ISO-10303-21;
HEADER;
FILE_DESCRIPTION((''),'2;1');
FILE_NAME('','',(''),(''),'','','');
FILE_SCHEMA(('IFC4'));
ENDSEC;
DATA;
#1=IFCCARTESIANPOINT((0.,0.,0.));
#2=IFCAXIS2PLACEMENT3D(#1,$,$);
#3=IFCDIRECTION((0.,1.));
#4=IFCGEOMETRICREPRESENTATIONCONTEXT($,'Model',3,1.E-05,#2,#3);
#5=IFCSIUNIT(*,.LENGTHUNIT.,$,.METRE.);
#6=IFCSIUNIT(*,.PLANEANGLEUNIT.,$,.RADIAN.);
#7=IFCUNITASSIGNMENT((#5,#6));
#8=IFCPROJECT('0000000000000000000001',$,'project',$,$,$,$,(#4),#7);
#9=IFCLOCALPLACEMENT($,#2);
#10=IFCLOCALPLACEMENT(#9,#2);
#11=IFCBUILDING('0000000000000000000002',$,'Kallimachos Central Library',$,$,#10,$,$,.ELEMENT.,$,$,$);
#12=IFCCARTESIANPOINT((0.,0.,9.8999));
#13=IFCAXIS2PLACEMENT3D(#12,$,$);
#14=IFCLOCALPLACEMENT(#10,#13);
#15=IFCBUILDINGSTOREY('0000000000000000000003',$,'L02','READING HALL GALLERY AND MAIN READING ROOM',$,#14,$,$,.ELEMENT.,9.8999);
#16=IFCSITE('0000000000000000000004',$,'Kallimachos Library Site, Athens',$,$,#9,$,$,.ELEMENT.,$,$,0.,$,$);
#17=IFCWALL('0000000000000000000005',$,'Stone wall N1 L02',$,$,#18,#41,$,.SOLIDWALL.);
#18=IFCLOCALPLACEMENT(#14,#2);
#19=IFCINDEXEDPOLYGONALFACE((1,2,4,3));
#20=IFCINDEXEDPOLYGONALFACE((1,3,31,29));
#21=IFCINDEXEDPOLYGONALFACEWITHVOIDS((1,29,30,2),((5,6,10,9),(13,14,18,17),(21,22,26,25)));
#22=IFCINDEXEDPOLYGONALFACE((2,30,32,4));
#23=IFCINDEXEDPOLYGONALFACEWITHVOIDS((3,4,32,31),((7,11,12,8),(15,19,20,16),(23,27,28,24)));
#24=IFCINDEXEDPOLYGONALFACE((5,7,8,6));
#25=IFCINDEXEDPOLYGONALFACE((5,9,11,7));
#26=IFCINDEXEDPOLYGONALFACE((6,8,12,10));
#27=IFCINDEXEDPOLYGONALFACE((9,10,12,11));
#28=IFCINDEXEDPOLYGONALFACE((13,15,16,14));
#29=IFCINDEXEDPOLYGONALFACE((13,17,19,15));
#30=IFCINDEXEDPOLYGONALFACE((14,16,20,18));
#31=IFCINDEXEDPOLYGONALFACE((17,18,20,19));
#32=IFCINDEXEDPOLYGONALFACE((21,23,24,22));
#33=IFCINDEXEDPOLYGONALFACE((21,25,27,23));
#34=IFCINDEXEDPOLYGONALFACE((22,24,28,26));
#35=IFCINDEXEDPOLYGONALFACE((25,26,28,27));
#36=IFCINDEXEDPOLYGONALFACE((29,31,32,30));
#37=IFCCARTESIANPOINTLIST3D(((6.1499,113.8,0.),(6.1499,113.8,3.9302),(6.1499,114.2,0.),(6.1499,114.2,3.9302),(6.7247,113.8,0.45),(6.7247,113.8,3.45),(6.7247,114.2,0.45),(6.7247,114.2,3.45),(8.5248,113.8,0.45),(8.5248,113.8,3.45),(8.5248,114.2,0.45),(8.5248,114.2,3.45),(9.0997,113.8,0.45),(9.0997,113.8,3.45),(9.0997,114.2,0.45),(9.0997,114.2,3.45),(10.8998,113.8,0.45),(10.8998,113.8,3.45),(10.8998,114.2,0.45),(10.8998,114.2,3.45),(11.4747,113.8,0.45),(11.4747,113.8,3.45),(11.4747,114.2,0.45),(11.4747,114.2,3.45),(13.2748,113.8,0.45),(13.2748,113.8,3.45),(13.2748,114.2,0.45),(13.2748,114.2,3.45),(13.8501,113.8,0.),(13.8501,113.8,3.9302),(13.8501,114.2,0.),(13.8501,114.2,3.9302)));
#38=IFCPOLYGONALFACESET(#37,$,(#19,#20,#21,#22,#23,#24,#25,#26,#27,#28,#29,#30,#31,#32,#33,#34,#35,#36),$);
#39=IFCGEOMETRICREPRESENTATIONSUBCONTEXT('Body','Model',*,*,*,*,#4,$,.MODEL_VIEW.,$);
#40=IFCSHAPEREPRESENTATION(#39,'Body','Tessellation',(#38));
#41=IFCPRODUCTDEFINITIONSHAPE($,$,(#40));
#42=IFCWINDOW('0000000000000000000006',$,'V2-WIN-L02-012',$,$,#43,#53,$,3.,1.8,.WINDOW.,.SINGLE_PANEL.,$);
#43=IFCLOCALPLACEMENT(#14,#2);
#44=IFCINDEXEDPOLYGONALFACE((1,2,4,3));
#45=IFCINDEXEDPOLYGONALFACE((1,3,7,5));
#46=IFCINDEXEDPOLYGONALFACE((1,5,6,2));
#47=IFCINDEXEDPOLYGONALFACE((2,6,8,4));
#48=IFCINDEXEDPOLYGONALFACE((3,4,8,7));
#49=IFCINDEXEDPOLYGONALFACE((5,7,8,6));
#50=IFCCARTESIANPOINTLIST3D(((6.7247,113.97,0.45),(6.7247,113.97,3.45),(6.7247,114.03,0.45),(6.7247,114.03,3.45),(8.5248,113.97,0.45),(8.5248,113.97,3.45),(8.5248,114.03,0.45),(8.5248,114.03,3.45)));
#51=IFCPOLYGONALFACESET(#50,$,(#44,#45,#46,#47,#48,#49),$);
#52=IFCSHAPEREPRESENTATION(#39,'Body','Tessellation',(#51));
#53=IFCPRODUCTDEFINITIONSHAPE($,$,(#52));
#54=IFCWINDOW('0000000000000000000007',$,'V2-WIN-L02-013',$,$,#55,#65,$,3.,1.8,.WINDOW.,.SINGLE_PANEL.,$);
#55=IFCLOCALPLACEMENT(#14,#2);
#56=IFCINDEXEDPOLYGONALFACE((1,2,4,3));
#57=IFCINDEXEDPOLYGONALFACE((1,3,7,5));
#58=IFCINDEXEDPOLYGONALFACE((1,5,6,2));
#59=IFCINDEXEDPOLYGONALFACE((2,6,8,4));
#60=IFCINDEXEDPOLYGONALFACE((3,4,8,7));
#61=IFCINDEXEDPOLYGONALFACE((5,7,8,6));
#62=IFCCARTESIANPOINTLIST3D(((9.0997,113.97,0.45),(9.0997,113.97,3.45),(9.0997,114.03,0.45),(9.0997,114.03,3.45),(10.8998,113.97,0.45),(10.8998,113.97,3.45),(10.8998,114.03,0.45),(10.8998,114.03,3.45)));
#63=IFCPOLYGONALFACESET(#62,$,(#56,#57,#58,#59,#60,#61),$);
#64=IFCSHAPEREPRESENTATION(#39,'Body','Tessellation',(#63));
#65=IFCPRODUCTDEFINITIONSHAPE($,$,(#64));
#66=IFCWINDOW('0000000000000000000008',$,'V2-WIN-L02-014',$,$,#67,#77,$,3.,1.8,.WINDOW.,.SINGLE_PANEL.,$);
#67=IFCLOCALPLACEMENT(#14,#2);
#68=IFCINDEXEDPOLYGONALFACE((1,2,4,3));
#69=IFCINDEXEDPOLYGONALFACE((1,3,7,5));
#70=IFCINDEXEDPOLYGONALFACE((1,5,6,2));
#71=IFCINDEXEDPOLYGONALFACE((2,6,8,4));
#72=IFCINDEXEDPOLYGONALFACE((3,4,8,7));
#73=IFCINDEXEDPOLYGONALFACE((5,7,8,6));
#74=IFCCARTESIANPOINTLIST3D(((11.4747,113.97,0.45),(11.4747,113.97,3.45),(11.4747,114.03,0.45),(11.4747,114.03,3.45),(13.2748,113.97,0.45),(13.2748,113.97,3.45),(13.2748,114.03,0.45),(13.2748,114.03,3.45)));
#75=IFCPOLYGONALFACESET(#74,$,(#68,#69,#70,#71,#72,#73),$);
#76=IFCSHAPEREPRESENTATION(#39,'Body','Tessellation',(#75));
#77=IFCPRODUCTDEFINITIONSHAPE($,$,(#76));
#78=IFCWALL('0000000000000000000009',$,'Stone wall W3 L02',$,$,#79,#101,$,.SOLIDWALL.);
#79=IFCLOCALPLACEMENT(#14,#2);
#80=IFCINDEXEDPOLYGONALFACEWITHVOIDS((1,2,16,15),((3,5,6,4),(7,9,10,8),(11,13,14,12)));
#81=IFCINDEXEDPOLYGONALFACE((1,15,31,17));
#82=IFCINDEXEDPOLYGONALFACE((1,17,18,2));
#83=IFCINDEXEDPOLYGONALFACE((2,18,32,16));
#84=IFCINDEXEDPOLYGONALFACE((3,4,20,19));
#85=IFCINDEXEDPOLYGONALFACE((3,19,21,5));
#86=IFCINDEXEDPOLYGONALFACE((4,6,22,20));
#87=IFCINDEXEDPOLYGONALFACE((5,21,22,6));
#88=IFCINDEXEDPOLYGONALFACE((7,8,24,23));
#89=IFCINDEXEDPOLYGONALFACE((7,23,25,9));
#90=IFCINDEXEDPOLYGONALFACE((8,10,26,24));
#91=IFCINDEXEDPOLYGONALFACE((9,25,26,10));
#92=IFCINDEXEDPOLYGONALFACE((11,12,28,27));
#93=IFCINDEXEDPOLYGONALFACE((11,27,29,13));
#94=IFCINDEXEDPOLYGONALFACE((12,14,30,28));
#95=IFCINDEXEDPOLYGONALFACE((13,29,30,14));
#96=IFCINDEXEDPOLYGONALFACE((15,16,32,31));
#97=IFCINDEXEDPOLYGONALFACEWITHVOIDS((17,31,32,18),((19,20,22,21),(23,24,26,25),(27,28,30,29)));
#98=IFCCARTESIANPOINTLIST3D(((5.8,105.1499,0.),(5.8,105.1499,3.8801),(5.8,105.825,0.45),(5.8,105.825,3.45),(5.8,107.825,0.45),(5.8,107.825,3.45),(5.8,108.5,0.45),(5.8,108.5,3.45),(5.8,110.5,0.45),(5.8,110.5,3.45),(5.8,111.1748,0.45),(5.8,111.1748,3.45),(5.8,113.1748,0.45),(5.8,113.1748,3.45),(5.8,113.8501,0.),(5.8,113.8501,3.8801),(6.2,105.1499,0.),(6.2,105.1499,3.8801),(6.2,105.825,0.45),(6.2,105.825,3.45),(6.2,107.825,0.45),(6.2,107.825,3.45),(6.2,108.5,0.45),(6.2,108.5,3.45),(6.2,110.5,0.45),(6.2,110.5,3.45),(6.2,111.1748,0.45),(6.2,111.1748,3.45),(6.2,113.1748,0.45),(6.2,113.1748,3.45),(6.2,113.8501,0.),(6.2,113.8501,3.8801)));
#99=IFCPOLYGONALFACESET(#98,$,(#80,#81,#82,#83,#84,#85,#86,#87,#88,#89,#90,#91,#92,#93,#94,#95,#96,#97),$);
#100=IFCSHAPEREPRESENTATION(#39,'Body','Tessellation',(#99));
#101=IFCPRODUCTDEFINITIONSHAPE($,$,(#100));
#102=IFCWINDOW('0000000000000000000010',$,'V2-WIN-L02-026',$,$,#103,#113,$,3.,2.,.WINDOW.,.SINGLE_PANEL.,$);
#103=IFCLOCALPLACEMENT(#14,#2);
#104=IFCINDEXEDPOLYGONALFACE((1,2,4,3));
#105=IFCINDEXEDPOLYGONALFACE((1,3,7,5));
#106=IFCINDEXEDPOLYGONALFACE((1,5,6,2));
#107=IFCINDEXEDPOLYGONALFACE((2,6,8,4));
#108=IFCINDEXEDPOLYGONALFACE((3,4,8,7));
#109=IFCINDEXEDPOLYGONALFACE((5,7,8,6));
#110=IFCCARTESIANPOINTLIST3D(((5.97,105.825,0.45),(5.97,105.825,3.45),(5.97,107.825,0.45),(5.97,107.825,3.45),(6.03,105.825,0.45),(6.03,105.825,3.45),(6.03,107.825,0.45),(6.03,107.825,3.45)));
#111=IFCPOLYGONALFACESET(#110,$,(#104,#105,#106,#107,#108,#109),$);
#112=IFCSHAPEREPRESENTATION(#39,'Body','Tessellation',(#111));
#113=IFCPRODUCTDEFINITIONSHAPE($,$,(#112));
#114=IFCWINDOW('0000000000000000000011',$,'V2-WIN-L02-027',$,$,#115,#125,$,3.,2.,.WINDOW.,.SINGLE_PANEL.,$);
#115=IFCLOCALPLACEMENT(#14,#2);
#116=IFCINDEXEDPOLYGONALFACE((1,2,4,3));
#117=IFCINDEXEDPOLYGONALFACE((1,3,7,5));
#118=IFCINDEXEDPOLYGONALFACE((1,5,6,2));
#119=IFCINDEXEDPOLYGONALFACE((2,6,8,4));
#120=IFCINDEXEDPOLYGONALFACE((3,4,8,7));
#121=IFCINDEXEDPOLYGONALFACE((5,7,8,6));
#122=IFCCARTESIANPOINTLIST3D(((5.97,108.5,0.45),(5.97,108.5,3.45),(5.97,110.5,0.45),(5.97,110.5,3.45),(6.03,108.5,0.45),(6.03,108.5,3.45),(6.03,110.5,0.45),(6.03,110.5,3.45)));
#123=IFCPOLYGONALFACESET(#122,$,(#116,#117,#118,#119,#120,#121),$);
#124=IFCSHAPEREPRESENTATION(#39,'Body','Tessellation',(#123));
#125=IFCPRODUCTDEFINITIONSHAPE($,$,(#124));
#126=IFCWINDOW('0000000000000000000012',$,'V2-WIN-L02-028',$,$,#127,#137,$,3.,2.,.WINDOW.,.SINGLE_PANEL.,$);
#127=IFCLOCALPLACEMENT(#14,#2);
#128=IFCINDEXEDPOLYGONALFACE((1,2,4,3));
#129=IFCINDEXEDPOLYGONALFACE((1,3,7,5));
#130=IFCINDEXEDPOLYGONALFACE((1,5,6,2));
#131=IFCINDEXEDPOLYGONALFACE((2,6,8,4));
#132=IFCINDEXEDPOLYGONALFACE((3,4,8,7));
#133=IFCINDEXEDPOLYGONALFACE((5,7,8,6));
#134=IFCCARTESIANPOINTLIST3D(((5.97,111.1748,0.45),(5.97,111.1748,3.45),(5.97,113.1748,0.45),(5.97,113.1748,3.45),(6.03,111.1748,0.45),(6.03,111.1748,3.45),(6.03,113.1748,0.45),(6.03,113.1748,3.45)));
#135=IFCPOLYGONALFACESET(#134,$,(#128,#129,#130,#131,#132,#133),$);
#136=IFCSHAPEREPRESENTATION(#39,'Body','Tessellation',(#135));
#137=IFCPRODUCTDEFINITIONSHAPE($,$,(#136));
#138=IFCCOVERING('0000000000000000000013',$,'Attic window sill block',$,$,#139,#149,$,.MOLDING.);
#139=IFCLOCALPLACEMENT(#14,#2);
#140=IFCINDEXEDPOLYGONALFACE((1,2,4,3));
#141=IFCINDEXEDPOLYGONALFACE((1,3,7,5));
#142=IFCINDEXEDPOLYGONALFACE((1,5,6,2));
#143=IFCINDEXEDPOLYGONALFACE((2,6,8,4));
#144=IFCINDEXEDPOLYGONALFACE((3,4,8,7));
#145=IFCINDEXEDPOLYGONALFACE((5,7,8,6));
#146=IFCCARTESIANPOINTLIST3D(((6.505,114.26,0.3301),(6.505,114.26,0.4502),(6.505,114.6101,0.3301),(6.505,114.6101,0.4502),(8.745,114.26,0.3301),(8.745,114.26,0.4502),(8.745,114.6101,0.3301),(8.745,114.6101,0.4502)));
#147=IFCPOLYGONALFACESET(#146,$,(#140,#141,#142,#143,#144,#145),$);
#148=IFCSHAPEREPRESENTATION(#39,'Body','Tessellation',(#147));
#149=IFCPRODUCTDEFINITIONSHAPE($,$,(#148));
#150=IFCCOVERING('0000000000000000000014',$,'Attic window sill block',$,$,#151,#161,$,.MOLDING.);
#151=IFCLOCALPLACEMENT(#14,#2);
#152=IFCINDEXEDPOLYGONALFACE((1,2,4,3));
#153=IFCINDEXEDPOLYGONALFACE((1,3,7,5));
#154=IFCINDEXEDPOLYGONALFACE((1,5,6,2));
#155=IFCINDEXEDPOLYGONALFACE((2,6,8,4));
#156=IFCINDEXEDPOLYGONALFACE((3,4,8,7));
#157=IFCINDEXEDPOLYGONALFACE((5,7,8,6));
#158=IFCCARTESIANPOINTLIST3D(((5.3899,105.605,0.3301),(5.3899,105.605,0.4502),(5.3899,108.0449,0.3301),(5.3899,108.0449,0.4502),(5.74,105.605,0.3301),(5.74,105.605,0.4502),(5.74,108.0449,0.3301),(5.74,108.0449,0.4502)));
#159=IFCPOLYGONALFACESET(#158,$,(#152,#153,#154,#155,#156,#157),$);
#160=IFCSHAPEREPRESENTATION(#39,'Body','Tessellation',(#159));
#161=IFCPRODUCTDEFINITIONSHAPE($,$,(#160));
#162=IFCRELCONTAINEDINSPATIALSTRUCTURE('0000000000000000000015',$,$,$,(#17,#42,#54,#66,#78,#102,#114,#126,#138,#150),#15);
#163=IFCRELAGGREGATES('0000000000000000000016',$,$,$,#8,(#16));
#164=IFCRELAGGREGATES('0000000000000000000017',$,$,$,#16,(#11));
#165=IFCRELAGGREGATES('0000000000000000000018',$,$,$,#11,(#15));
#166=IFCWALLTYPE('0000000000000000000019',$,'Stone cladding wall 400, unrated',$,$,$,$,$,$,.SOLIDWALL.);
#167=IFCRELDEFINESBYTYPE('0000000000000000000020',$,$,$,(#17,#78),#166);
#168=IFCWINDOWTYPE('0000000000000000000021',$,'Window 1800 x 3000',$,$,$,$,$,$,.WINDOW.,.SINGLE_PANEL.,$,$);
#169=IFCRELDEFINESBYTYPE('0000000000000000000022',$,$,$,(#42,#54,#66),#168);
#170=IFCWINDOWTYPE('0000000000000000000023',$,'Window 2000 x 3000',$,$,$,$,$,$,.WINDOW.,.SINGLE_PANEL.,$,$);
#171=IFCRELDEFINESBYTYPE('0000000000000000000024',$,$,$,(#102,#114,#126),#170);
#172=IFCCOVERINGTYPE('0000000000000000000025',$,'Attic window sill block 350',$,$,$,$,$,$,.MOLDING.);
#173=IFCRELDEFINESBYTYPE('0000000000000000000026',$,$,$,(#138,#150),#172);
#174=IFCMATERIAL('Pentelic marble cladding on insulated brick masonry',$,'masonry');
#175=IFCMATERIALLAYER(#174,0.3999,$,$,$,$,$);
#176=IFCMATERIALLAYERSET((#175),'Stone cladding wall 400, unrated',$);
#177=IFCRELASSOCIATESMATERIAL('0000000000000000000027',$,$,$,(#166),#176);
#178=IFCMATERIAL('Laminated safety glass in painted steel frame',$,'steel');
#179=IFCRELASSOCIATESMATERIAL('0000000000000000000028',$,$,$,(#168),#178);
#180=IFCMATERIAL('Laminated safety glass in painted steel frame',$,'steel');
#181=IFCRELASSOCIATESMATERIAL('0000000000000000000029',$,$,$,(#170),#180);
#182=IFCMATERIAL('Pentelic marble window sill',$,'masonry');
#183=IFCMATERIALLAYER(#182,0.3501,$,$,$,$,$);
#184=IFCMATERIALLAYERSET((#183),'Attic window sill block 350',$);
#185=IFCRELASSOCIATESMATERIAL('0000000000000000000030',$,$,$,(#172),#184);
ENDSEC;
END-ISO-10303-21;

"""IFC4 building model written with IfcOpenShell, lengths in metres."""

from ifc_helpers import new_model, si_unit, direction, frame, frame_2d, origin, origin_2d, place, context, subcontext, project, spatial, rectangle, extrude, material, layer, layer_set, type_object, element, fill, save


model = new_model("IFC4")

# Units and contexts
model_context = context("Model", 3, precision=1e-05, world=origin(), true_north=direction((0.0, 1.0)))
body_context = subcontext(model_context, "Body", "Model", "MODEL_VIEW")
ifc_project = project(units=[si_unit("LENGTHUNIT", "METRE"), si_unit("PLANEANGLEUNIT", "RADIAN")], contexts=[model_context])

# Site, building, storey
site_placement = place(None, origin())
site = spatial("IfcSite", under=ifc_project, at=site_placement, Name="Kallimachos Library Site, Athens", CompositionType="ELEMENT", RefElevation=0.0)
building_placement = place(site_placement, origin())
building = spatial("IfcBuilding", under=site, at=building_placement, Name="Kallimachos Central Library", CompositionType="ELEMENT")
storey_placement = place(building_placement, frame((0.0, 0.0, 9.8999)))
storey = spatial("IfcBuildingStorey", under=building, at=storey_placement, Name="L02", Description="READING HALL GALLERY AND MAIN READING ROOM", CompositionType="ELEMENT", Elevation=9.8999)

# Walls, openings, windows
ifc_material_1 = material(Name="Pentelic marble cladding on insulated brick masonry", Category="masonry")
ifc_layer_1 = layer(ifc_material_1, 0.3999)
ifc_layer_set_1 = layer_set([ifc_layer_1], Name="Stone cladding wall 400, unrated")
wall_type = type_object("IfcWallType", Name="Stone cladding wall 400, unrated", PredefinedType="SOLIDWALL", material=ifc_layer_set_1)
wall_1_placement = place(storey_placement, frame((6.1499, 114.0, 0.0), z_axis=(0.0, 0.0, 1.0), x_axis=(1.0, 0.0, 0.0)))
wall_1 = element("IfcWall", 1, at=wall_1_placement, inside=storey, type_object=wall_type, Name="Stone wall N1 L02", PredefinedType="SOLIDWALL", context=body_context, shape_type="SweptSolid", body=[
    extrude(rectangle(XDim=7.7002, YDim=0.3999, at=frame_2d((3.8501, 0.0))), origin(), (0.0, 0.0, 1.0), 3.9302),
])
opening_1_placement = place(wall_1_placement, frame((0.575, 0.0, 0.45)))
opening_1 = element("IfcOpeningElement", 2, at=opening_1_placement, cuts=wall_1, PredefinedType="OPENING", context=body_context, shape_type="SweptSolid", body=[
    extrude(rectangle(XDim=1.8, YDim=3.0, at=frame_2d((0.8999, 1.5))), frame((0.0, 0.21, 0.0), z_axis=(0.0, -1.0, 0.0), x_axis=(1.0, 0.0, 0.0)), (0.0, 0.0, 1.0), 0.4199),
])
opening_2_placement = place(wall_1_placement, frame((2.95, 0.0, 0.45)))
opening_2 = element("IfcOpeningElement", 3, at=opening_2_placement, cuts=wall_1, PredefinedType="OPENING", context=body_context, shape_type="SweptSolid", body=[
    extrude(rectangle(XDim=1.8, YDim=3.0, at=frame_2d((0.8999, 1.5))), frame((0.0, 0.21, 0.0), z_axis=(0.0, -1.0, 0.0), x_axis=(1.0, 0.0, 0.0)), (0.0, 0.0, 1.0), 0.4199),
])
opening_3_placement = place(wall_1_placement, frame((5.325, 0.0, 0.45)))
opening_3 = element("IfcOpeningElement", 4, at=opening_3_placement, cuts=wall_1, PredefinedType="OPENING", context=body_context, shape_type="SweptSolid", body=[
    extrude(rectangle(XDim=1.8, YDim=3.0, at=frame_2d((0.8999, 1.5))), frame((0.0, 0.21, 0.0), z_axis=(0.0, -1.0, 0.0), x_axis=(1.0, 0.0, 0.0)), (0.0, 0.0, 1.0), 0.4199),
])
ifc_material_2 = material(Name="Laminated safety glass in painted steel frame", Category="steel")
window_type_1 = type_object("IfcWindowType", Name="Window 1800 x 3000", PartitioningType="SINGLE_PANEL", PredefinedType="WINDOW", material=ifc_material_2)
window_1_placement = place(opening_1_placement, origin())
window_1 = element("IfcWindow", 5, at=window_1_placement, inside=storey, type_object=window_type_1, Name="V2-WIN-L02-012", OverallHeight=3.0, OverallWidth=1.8, PartitioningType="SINGLE_PANEL", PredefinedType="WINDOW", context=body_context, shape_type="SweptSolid", body=[
    extrude(rectangle(XDim=1.8, YDim=3.0, at=frame_2d((0.8999, 1.5))), frame((0.0, 0.03, 0.0), z_axis=(0.0, -1.0, 0.0), x_axis=(1.0, 0.0, 0.0)), (0.0, 0.0, 1.0), 0.0601),
])
fill(opening_1, window_1)
window_2_placement = place(opening_2_placement, origin())
window_2 = element("IfcWindow", 6, at=window_2_placement, inside=storey, type_object=window_type_1, Name="V2-WIN-L02-013", OverallHeight=3.0, OverallWidth=1.8, PartitioningType="SINGLE_PANEL", PredefinedType="WINDOW", context=body_context, shape_type="SweptSolid", body=[
    extrude(rectangle(XDim=1.8, YDim=3.0, at=frame_2d((0.8999, 1.5))), frame((0.0, 0.03, 0.0), z_axis=(0.0, -1.0, 0.0), x_axis=(1.0, 0.0, 0.0)), (0.0, 0.0, 1.0), 0.0601),
])
fill(opening_2, window_2)
window_3_placement = place(opening_3_placement, origin())
window_3 = element("IfcWindow", 7, at=window_3_placement, inside=storey, type_object=window_type_1, Name="V2-WIN-L02-014", OverallHeight=3.0, OverallWidth=1.8, PartitioningType="SINGLE_PANEL", PredefinedType="WINDOW", context=body_context, shape_type="SweptSolid", body=[
    extrude(rectangle(XDim=1.8, YDim=3.0, at=frame_2d((0.8999, 1.5))), frame((0.0, 0.03, 0.0), z_axis=(0.0, -1.0, 0.0), x_axis=(1.0, 0.0, 0.0)), (0.0, 0.0, 1.0), 0.0601),
])
fill(opening_3, window_3)
wall_2_placement = place(storey_placement, frame((6.0, 105.1499, 0.0), z_axis=(0.0, 0.0, 1.0), x_axis=(0.0, 1.0, 0.0)))
wall_2 = element("IfcWall", 8, at=wall_2_placement, inside=storey, type_object=wall_type, Name="Stone wall W3 L02", PredefinedType="SOLIDWALL", context=body_context, shape_type="SweptSolid", body=[
    extrude(rectangle(XDim=8.7002, YDim=0.3999, at=frame_2d((4.3501, 0.0))), origin(), (0.0, 0.0, 1.0), 3.8801),
])
opening_4_placement = place(wall_2_placement, frame((0.675, 0.0, 0.45)))
opening_4 = element("IfcOpeningElement", 9, at=opening_4_placement, cuts=wall_2, PredefinedType="OPENING", context=body_context, shape_type="SweptSolid", body=[
    extrude(rectangle(XDim=2.0, YDim=3.0, at=frame_2d((1.0, 1.5))), frame((0.0, 0.21, 0.0), z_axis=(0.0, -1.0, 0.0), x_axis=(1.0, 0.0, 0.0)), (0.0, 0.0, 1.0), 0.4199),
])
opening_5_placement = place(wall_2_placement, frame((3.3501, 0.0, 0.45)))
opening_5 = element("IfcOpeningElement", 10, at=opening_5_placement, cuts=wall_2, PredefinedType="OPENING", context=body_context, shape_type="SweptSolid", body=[
    extrude(rectangle(XDim=2.0, YDim=3.0, at=frame_2d((1.0, 1.5))), frame((0.0, 0.21, 0.0), z_axis=(0.0, -1.0, 0.0), x_axis=(1.0, 0.0, 0.0)), (0.0, 0.0, 1.0), 0.4199),
])
opening_6_placement = place(wall_2_placement, frame((6.0249, 0.0, 0.45)))
opening_6 = element("IfcOpeningElement", 11, at=opening_6_placement, cuts=wall_2, PredefinedType="OPENING", context=body_context, shape_type="SweptSolid", body=[
    extrude(rectangle(XDim=2.0, YDim=3.0, at=frame_2d((1.0, 1.5))), frame((0.0, 0.21, 0.0), z_axis=(0.0, -1.0, 0.0), x_axis=(1.0, 0.0, 0.0)), (0.0, 0.0, 1.0), 0.4199),
])
ifc_material_3 = material(Name="Laminated safety glass in painted steel frame", Category="steel")
window_type_2 = type_object("IfcWindowType", Name="Window 2000 x 3000", PartitioningType="SINGLE_PANEL", PredefinedType="WINDOW", material=ifc_material_3)
window_4_placement = place(opening_4_placement, origin())
window_4 = element("IfcWindow", 12, at=window_4_placement, inside=storey, type_object=window_type_2, Name="V2-WIN-L02-026", OverallHeight=3.0, OverallWidth=2.0, PartitioningType="SINGLE_PANEL", PredefinedType="WINDOW", context=body_context, shape_type="SweptSolid", body=[
    extrude(rectangle(XDim=2.0, YDim=3.0, at=frame_2d((1.0, 1.5))), frame((0.0, 0.03, 0.0), z_axis=(0.0, -1.0, 0.0), x_axis=(1.0, 0.0, 0.0)), (0.0, 0.0, 1.0), 0.0601),
])
fill(opening_4, window_4)
window_5_placement = place(opening_5_placement, origin())
window_5 = element("IfcWindow", 13, at=window_5_placement, inside=storey, type_object=window_type_2, Name="V2-WIN-L02-027", OverallHeight=3.0, OverallWidth=2.0, PartitioningType="SINGLE_PANEL", PredefinedType="WINDOW", context=body_context, shape_type="SweptSolid", body=[
    extrude(rectangle(XDim=2.0, YDim=3.0, at=frame_2d((1.0, 1.5))), frame((0.0, 0.03, 0.0), z_axis=(0.0, -1.0, 0.0), x_axis=(1.0, 0.0, 0.0)), (0.0, 0.0, 1.0), 0.0601),
])
fill(opening_5, window_5)
window_6_placement = place(opening_6_placement, origin())
window_6 = element("IfcWindow", 14, at=window_6_placement, inside=storey, type_object=window_type_2, Name="V2-WIN-L02-028", OverallHeight=3.0, OverallWidth=2.0, PartitioningType="SINGLE_PANEL", PredefinedType="WINDOW", context=body_context, shape_type="SweptSolid", body=[
    extrude(rectangle(XDim=2.0, YDim=3.0, at=frame_2d((1.0, 1.5))), frame((0.0, 0.03, 0.0), z_axis=(0.0, -1.0, 0.0), x_axis=(1.0, 0.0, 0.0)), (0.0, 0.0, 1.0), 0.0601),
])
fill(opening_6, window_6)

# Coverings
ifc_material_4 = material(Name="Pentelic marble window sill", Category="masonry")
ifc_layer_2 = layer(ifc_material_4, 0.3501)
ifc_layer_set_2 = layer_set([ifc_layer_2], Name="Attic window sill block 350")
covering_type_1 = type_object("IfcCoveringType", Name="Attic window sill block 350", PredefinedType="MOLDING", material=ifc_layer_set_2)
covering_1_placement = place(storey_placement, frame((7.625, 114.4351, 0.3301), z_axis=(0.0, 0.0, 1.0), x_axis=(1.0, 0.0, 0.0)))
element("IfcCovering", 15, at=covering_1_placement, inside=storey, type_object=covering_type_1, Name="Attic window sill block", PredefinedType="MOLDING", context=body_context, shape_type="SweptSolid", body=[
    extrude(rectangle(XDim=2.24, YDim=0.3501, at=origin_2d()), origin(), (0.0, 0.0, 1.0), 0.1201),
])
for number, where, z_axis, x_axis, name in (
    (16, (5.5649, 106.825, 0.3301), (0.0, 0.0, 1.0), (1.0, 0.0, 0.0), "Attic window sill block"),
):
    element("IfcCovering", number, at=place(storey_placement, frame(where, z_axis=z_axis, x_axis=x_axis)), inside=storey, type_object=covering_type_1, Name=name, PredefinedType="MOLDING", context=body_context, shape_type="SweptSolid", body=[
        extrude(rectangle(XDim=0.3501, YDim=2.4399, at=origin_2d()), origin(), (0.0, 0.0, 1.0), 0.1201),
    ])

save(model, "model.ifc")
